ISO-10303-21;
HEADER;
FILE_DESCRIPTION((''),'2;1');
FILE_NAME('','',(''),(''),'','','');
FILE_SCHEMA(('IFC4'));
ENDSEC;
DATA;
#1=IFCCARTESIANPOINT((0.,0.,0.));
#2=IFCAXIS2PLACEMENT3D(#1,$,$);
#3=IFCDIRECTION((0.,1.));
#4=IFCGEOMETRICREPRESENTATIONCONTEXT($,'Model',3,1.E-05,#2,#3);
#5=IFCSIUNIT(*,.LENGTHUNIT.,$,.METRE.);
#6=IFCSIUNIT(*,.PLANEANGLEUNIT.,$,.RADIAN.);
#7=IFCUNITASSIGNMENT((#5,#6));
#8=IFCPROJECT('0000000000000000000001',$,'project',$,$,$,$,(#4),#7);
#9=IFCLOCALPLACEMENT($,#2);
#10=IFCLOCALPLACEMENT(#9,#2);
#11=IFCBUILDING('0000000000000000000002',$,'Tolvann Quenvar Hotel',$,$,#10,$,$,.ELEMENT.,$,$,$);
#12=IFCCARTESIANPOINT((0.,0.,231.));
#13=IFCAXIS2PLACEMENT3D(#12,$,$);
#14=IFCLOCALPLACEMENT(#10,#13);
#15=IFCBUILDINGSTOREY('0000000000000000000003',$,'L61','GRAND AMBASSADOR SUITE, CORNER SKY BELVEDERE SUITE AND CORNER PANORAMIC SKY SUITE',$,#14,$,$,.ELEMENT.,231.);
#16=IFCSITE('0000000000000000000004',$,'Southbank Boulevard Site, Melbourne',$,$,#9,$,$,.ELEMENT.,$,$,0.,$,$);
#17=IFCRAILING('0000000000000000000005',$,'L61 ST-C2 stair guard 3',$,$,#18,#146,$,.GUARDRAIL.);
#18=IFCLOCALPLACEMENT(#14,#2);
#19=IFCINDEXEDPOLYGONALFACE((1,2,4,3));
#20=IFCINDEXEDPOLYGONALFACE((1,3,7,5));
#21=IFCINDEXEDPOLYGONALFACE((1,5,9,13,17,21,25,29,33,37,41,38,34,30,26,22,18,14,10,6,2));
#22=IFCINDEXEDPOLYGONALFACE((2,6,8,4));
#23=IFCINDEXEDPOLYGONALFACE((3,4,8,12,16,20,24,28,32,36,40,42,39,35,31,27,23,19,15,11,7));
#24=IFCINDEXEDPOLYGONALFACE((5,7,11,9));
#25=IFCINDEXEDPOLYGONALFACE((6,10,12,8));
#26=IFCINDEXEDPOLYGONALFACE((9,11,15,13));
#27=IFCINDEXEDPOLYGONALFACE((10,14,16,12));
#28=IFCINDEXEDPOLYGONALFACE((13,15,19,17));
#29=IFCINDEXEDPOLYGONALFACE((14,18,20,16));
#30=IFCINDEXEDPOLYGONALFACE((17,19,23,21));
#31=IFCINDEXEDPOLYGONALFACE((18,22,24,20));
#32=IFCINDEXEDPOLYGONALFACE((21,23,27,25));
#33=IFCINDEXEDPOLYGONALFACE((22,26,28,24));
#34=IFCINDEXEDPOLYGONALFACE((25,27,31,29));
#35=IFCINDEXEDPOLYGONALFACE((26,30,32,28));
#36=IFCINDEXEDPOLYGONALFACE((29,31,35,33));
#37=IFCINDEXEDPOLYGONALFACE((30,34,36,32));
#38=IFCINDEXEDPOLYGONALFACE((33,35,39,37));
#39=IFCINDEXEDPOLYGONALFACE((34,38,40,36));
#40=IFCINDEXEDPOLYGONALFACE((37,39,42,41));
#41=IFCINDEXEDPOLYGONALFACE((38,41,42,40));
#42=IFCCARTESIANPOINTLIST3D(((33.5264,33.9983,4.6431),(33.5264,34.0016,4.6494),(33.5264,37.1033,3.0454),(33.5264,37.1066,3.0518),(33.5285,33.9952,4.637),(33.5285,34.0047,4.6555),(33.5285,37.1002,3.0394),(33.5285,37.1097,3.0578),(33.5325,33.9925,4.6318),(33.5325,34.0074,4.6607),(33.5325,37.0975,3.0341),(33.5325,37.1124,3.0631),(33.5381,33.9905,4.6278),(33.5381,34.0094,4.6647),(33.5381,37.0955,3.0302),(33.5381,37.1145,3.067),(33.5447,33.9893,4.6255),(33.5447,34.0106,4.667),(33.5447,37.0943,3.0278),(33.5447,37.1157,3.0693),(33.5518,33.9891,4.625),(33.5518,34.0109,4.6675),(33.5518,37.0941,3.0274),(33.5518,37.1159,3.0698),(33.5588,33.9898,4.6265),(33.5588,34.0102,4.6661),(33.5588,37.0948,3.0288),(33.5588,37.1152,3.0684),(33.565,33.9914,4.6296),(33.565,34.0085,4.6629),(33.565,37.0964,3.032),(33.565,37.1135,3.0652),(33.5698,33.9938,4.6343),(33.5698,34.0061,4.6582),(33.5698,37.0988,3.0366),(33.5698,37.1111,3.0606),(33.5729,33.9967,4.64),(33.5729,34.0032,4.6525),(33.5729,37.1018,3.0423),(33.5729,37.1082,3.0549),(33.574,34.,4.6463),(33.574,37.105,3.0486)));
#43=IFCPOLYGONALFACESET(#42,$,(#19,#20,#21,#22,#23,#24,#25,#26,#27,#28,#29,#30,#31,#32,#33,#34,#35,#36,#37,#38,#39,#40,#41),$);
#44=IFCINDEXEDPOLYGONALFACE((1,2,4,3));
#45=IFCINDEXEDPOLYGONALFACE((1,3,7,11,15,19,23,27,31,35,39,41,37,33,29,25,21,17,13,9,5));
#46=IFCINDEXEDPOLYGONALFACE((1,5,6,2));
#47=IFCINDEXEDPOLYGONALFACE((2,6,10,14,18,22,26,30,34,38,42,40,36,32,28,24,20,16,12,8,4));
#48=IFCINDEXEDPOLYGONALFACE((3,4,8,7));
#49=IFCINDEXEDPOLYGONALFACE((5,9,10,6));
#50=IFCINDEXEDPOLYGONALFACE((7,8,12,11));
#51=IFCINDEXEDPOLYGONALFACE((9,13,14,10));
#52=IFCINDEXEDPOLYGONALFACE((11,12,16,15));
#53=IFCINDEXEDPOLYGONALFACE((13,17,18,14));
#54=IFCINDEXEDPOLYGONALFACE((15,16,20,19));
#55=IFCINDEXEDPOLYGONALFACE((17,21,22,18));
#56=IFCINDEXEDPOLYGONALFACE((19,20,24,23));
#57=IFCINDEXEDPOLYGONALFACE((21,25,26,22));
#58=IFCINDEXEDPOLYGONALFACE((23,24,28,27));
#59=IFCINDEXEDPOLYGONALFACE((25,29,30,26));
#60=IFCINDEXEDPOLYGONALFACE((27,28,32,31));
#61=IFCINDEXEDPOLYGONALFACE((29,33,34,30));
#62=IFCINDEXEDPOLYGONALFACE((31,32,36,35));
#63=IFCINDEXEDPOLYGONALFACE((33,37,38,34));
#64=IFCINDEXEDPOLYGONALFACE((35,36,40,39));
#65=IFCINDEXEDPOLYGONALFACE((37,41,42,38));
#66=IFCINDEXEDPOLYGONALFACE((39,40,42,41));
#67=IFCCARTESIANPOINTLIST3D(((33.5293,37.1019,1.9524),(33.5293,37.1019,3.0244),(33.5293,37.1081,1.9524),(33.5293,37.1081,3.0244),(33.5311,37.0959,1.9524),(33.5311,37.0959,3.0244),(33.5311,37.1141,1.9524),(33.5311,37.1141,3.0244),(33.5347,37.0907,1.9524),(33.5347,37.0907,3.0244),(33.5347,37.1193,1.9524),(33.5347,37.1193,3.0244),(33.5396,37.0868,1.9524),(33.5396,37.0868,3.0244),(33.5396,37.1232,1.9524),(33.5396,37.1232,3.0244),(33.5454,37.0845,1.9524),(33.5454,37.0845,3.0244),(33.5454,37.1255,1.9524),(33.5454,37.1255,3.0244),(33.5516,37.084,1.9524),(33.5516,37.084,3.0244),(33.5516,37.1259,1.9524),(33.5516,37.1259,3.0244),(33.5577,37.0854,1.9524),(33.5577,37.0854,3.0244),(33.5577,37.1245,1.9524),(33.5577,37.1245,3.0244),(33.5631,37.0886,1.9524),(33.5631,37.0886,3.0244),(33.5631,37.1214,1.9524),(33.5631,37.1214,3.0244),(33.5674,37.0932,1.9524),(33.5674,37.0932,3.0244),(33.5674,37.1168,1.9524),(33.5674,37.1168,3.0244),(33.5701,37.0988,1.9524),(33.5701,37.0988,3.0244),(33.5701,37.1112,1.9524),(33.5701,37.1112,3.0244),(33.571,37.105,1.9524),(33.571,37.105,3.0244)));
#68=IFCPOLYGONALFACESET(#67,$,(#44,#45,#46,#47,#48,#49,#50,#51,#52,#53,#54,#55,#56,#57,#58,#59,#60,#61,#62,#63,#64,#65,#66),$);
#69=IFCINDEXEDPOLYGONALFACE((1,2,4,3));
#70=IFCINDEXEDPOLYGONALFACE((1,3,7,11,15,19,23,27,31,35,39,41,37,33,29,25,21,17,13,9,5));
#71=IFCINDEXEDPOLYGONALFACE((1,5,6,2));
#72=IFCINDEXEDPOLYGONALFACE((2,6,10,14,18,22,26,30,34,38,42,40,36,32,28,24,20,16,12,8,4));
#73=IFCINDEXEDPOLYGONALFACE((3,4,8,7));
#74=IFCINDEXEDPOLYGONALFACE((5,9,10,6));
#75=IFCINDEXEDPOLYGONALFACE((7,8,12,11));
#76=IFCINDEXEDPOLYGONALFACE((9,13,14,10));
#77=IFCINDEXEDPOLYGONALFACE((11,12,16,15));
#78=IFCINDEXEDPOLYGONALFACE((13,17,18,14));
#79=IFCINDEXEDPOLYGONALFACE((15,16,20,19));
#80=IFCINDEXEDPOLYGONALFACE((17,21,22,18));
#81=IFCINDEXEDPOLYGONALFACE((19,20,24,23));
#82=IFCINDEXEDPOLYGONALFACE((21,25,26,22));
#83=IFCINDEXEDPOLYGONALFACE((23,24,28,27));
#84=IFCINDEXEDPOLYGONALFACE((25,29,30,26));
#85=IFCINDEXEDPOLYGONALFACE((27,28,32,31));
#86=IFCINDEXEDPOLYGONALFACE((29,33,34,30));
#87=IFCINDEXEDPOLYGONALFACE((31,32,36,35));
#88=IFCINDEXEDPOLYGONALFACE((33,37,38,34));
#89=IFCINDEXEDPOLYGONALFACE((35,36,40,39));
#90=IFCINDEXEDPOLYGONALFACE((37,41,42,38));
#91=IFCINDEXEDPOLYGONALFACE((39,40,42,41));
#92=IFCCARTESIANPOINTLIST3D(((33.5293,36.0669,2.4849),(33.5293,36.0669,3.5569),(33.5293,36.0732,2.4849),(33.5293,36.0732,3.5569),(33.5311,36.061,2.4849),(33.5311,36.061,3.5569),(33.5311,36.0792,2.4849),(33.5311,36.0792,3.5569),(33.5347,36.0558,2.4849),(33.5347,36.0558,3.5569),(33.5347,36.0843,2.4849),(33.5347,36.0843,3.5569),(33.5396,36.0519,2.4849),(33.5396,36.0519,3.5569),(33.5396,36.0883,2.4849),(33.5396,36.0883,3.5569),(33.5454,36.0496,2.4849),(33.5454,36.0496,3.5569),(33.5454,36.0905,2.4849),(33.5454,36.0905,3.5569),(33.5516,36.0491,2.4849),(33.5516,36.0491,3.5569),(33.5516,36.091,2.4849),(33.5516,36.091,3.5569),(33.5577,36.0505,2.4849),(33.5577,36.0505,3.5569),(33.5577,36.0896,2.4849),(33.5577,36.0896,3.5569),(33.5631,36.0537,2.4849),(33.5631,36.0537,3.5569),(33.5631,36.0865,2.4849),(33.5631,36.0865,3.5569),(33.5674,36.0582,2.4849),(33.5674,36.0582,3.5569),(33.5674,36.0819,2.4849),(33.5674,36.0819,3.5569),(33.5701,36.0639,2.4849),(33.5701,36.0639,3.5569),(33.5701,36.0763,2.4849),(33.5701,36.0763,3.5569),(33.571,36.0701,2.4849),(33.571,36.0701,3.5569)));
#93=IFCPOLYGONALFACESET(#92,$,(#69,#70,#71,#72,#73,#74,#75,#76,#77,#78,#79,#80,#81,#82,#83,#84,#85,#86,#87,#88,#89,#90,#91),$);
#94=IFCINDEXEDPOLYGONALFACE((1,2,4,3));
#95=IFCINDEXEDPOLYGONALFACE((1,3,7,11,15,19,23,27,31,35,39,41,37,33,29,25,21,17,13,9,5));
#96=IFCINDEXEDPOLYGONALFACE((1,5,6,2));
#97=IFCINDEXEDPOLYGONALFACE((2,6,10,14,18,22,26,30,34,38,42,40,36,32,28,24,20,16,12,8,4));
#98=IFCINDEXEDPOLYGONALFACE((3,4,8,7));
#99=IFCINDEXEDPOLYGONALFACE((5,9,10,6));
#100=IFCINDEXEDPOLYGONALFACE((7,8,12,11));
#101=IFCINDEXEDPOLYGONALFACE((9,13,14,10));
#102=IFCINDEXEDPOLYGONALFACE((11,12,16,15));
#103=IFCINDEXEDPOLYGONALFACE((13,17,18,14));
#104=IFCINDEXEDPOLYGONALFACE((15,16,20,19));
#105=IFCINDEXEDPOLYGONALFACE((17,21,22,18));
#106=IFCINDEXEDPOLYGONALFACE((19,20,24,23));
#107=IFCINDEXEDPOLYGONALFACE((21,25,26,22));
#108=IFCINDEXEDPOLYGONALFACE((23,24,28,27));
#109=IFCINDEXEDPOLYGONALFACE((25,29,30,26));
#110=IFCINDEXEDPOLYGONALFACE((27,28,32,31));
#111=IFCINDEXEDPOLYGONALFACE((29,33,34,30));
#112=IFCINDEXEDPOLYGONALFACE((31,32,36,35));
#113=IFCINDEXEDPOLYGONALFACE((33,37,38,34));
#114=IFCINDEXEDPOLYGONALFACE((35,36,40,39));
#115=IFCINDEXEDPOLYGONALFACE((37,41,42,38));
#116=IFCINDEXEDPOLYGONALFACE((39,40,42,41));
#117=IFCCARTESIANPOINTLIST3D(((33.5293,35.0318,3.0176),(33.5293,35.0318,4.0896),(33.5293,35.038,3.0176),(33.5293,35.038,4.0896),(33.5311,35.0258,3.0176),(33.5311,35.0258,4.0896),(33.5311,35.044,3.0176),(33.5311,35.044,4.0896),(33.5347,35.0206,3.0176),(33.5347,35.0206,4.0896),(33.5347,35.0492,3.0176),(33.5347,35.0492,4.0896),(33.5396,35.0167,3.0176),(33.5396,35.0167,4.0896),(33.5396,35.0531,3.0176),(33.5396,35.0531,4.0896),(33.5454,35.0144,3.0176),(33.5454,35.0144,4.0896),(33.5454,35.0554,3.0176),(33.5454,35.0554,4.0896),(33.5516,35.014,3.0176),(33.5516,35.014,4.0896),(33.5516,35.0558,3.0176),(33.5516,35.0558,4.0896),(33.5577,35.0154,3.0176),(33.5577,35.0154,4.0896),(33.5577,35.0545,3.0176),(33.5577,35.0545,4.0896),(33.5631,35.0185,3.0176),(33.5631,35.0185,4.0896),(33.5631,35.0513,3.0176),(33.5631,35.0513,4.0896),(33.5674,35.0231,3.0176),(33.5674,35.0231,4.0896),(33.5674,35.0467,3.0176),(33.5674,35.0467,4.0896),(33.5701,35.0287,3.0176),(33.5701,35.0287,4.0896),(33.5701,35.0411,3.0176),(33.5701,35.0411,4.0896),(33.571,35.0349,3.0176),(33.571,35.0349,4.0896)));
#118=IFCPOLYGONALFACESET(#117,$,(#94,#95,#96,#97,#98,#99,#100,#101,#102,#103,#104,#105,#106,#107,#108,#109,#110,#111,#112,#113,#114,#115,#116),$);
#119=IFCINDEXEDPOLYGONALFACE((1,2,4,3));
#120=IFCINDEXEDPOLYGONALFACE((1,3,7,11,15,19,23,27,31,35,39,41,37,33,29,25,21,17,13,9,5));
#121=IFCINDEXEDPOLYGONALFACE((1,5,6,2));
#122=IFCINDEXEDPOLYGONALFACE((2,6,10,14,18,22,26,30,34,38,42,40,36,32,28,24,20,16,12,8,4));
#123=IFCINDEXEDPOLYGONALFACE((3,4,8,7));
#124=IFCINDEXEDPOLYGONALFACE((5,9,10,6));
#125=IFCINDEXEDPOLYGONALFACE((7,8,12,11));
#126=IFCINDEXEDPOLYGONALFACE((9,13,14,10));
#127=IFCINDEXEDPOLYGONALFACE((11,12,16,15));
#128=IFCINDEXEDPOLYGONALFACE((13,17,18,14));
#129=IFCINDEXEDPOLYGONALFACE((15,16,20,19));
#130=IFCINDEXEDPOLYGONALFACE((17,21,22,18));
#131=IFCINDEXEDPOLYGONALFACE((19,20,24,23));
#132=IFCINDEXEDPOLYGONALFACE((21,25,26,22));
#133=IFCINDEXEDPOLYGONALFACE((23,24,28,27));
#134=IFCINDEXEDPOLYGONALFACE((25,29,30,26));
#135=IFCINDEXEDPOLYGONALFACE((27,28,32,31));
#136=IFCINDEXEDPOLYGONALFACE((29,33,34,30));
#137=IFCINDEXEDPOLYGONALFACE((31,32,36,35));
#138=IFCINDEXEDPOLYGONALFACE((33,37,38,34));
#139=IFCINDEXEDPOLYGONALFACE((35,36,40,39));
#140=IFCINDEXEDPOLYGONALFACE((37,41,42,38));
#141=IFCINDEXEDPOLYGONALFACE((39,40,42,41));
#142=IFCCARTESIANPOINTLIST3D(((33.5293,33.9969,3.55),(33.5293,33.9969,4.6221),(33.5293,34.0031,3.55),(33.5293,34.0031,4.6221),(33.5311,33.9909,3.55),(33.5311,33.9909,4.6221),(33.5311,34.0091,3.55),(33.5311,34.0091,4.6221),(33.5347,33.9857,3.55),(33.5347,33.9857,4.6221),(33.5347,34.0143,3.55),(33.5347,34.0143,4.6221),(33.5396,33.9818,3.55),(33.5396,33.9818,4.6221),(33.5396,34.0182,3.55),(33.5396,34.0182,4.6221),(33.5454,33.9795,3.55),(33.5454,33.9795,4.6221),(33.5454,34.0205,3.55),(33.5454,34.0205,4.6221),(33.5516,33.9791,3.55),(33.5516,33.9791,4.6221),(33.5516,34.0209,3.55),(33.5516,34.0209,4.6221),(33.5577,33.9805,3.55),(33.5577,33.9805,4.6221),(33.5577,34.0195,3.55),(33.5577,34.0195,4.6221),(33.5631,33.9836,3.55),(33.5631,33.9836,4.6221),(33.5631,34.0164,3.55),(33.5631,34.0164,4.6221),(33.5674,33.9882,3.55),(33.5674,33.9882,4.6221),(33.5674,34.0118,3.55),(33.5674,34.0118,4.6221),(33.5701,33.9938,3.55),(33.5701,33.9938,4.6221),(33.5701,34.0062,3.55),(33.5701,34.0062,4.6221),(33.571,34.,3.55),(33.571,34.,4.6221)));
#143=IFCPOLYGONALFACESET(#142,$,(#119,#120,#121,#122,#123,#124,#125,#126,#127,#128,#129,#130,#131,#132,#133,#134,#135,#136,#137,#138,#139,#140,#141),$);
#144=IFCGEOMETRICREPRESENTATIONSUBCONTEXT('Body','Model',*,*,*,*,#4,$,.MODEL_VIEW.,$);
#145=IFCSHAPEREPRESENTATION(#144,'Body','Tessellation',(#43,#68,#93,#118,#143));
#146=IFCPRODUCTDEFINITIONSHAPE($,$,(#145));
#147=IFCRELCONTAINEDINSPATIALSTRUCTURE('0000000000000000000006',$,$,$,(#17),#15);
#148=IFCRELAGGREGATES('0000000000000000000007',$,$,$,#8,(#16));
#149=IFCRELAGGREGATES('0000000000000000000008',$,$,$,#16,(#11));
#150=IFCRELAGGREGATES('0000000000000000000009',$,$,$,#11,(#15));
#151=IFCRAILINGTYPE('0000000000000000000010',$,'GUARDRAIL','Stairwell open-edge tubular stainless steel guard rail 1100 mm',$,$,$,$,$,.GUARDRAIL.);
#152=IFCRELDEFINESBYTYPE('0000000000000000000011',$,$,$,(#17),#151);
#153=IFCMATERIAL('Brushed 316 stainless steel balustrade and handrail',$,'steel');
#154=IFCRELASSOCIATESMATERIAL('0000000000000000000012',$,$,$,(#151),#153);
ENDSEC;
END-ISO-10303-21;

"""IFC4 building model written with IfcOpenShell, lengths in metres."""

from ifc_helpers import new_model, si_unit, direction, frame, origin, origin_2d, place, context, subcontext, project, spatial, circle, extrude, material, type_object, element, save


model = new_model("IFC4")

# Units and contexts
model_context = context("Model", 3, precision=1e-05, world=origin(), true_north=direction((0.0, 1.0)))
body_context = subcontext(model_context, "Body", "Model", "MODEL_VIEW")
ifc_project = project(units=[si_unit("LENGTHUNIT", "METRE"), si_unit("PLANEANGLEUNIT", "RADIAN")], contexts=[model_context])

# Site, building, storey
site_placement = place(None, origin())
site = spatial("IfcSite", under=ifc_project, at=site_placement, Name="Southbank Boulevard Site, Melbourne", CompositionType="ELEMENT", RefElevation=0.0)
building_placement = place(site_placement, origin())
building = spatial("IfcBuilding", under=site, at=building_placement, Name="Tolvann Quenvar Hotel", CompositionType="ELEMENT")
storey_placement = place(building_placement, frame((0.0, 0.0, 231.0)))
storey = spatial("IfcBuildingStorey", under=building, at=storey_placement, Name="L61", Description="GRAND AMBASSADOR SUITE, CORNER SKY BELVEDERE SUITE AND CORNER PANORAMIC SKY SUITE", CompositionType="ELEMENT", Elevation=231.0)

# Railing
ifc_material_1 = material(Name="Brushed 316 stainless steel balustrade and handrail", Category="steel")
railing_type_1 = type_object("IfcRailingType", Name="GUARDRAIL", Description="Stairwell open-edge tubular stainless steel guard rail 1100 mm", PredefinedType="GUARDRAIL", material=ifc_material_1)
railing_1_placement = place(storey_placement, frame((33.55, 37.105, 1.9524)))
element("IfcRailing", 1, at=railing_1_placement, inside=storey, type_object=railing_type_1, Name="L61 ST-C2 stair guard 3", PredefinedType="GUARDRAIL", context=body_context, shape_type="SweptSolid", body=[
    extrude(circle(Radius=0.0239, at=origin_2d()), frame((0.0, 0.0, 1.0962), z_axis=(0.0, -0.889194, 0.457531), x_axis=(1.0, 0.0, 0.0)), (0.0, 0.0, 1.0), 3.4919),
    extrude(circle(Radius=0.021, at=origin_2d()), origin(), (0.0, 0.0, 1.0), 1.072),
    extrude(circle(Radius=0.021, at=origin_2d()), frame((0.0, -1.0349, 0.5325)), (0.0, 0.0, 1.0), 1.072),
    extrude(circle(Radius=0.021, at=origin_2d()), frame((0.0, -2.0701, 1.0652)), (0.0, 0.0, 1.0), 1.072),
    extrude(circle(Radius=0.021, at=origin_2d()), frame((0.0, -3.105, 1.5977)), (0.0, 0.0, 1.0), 1.072),
])

save(model, "model.ifc")
